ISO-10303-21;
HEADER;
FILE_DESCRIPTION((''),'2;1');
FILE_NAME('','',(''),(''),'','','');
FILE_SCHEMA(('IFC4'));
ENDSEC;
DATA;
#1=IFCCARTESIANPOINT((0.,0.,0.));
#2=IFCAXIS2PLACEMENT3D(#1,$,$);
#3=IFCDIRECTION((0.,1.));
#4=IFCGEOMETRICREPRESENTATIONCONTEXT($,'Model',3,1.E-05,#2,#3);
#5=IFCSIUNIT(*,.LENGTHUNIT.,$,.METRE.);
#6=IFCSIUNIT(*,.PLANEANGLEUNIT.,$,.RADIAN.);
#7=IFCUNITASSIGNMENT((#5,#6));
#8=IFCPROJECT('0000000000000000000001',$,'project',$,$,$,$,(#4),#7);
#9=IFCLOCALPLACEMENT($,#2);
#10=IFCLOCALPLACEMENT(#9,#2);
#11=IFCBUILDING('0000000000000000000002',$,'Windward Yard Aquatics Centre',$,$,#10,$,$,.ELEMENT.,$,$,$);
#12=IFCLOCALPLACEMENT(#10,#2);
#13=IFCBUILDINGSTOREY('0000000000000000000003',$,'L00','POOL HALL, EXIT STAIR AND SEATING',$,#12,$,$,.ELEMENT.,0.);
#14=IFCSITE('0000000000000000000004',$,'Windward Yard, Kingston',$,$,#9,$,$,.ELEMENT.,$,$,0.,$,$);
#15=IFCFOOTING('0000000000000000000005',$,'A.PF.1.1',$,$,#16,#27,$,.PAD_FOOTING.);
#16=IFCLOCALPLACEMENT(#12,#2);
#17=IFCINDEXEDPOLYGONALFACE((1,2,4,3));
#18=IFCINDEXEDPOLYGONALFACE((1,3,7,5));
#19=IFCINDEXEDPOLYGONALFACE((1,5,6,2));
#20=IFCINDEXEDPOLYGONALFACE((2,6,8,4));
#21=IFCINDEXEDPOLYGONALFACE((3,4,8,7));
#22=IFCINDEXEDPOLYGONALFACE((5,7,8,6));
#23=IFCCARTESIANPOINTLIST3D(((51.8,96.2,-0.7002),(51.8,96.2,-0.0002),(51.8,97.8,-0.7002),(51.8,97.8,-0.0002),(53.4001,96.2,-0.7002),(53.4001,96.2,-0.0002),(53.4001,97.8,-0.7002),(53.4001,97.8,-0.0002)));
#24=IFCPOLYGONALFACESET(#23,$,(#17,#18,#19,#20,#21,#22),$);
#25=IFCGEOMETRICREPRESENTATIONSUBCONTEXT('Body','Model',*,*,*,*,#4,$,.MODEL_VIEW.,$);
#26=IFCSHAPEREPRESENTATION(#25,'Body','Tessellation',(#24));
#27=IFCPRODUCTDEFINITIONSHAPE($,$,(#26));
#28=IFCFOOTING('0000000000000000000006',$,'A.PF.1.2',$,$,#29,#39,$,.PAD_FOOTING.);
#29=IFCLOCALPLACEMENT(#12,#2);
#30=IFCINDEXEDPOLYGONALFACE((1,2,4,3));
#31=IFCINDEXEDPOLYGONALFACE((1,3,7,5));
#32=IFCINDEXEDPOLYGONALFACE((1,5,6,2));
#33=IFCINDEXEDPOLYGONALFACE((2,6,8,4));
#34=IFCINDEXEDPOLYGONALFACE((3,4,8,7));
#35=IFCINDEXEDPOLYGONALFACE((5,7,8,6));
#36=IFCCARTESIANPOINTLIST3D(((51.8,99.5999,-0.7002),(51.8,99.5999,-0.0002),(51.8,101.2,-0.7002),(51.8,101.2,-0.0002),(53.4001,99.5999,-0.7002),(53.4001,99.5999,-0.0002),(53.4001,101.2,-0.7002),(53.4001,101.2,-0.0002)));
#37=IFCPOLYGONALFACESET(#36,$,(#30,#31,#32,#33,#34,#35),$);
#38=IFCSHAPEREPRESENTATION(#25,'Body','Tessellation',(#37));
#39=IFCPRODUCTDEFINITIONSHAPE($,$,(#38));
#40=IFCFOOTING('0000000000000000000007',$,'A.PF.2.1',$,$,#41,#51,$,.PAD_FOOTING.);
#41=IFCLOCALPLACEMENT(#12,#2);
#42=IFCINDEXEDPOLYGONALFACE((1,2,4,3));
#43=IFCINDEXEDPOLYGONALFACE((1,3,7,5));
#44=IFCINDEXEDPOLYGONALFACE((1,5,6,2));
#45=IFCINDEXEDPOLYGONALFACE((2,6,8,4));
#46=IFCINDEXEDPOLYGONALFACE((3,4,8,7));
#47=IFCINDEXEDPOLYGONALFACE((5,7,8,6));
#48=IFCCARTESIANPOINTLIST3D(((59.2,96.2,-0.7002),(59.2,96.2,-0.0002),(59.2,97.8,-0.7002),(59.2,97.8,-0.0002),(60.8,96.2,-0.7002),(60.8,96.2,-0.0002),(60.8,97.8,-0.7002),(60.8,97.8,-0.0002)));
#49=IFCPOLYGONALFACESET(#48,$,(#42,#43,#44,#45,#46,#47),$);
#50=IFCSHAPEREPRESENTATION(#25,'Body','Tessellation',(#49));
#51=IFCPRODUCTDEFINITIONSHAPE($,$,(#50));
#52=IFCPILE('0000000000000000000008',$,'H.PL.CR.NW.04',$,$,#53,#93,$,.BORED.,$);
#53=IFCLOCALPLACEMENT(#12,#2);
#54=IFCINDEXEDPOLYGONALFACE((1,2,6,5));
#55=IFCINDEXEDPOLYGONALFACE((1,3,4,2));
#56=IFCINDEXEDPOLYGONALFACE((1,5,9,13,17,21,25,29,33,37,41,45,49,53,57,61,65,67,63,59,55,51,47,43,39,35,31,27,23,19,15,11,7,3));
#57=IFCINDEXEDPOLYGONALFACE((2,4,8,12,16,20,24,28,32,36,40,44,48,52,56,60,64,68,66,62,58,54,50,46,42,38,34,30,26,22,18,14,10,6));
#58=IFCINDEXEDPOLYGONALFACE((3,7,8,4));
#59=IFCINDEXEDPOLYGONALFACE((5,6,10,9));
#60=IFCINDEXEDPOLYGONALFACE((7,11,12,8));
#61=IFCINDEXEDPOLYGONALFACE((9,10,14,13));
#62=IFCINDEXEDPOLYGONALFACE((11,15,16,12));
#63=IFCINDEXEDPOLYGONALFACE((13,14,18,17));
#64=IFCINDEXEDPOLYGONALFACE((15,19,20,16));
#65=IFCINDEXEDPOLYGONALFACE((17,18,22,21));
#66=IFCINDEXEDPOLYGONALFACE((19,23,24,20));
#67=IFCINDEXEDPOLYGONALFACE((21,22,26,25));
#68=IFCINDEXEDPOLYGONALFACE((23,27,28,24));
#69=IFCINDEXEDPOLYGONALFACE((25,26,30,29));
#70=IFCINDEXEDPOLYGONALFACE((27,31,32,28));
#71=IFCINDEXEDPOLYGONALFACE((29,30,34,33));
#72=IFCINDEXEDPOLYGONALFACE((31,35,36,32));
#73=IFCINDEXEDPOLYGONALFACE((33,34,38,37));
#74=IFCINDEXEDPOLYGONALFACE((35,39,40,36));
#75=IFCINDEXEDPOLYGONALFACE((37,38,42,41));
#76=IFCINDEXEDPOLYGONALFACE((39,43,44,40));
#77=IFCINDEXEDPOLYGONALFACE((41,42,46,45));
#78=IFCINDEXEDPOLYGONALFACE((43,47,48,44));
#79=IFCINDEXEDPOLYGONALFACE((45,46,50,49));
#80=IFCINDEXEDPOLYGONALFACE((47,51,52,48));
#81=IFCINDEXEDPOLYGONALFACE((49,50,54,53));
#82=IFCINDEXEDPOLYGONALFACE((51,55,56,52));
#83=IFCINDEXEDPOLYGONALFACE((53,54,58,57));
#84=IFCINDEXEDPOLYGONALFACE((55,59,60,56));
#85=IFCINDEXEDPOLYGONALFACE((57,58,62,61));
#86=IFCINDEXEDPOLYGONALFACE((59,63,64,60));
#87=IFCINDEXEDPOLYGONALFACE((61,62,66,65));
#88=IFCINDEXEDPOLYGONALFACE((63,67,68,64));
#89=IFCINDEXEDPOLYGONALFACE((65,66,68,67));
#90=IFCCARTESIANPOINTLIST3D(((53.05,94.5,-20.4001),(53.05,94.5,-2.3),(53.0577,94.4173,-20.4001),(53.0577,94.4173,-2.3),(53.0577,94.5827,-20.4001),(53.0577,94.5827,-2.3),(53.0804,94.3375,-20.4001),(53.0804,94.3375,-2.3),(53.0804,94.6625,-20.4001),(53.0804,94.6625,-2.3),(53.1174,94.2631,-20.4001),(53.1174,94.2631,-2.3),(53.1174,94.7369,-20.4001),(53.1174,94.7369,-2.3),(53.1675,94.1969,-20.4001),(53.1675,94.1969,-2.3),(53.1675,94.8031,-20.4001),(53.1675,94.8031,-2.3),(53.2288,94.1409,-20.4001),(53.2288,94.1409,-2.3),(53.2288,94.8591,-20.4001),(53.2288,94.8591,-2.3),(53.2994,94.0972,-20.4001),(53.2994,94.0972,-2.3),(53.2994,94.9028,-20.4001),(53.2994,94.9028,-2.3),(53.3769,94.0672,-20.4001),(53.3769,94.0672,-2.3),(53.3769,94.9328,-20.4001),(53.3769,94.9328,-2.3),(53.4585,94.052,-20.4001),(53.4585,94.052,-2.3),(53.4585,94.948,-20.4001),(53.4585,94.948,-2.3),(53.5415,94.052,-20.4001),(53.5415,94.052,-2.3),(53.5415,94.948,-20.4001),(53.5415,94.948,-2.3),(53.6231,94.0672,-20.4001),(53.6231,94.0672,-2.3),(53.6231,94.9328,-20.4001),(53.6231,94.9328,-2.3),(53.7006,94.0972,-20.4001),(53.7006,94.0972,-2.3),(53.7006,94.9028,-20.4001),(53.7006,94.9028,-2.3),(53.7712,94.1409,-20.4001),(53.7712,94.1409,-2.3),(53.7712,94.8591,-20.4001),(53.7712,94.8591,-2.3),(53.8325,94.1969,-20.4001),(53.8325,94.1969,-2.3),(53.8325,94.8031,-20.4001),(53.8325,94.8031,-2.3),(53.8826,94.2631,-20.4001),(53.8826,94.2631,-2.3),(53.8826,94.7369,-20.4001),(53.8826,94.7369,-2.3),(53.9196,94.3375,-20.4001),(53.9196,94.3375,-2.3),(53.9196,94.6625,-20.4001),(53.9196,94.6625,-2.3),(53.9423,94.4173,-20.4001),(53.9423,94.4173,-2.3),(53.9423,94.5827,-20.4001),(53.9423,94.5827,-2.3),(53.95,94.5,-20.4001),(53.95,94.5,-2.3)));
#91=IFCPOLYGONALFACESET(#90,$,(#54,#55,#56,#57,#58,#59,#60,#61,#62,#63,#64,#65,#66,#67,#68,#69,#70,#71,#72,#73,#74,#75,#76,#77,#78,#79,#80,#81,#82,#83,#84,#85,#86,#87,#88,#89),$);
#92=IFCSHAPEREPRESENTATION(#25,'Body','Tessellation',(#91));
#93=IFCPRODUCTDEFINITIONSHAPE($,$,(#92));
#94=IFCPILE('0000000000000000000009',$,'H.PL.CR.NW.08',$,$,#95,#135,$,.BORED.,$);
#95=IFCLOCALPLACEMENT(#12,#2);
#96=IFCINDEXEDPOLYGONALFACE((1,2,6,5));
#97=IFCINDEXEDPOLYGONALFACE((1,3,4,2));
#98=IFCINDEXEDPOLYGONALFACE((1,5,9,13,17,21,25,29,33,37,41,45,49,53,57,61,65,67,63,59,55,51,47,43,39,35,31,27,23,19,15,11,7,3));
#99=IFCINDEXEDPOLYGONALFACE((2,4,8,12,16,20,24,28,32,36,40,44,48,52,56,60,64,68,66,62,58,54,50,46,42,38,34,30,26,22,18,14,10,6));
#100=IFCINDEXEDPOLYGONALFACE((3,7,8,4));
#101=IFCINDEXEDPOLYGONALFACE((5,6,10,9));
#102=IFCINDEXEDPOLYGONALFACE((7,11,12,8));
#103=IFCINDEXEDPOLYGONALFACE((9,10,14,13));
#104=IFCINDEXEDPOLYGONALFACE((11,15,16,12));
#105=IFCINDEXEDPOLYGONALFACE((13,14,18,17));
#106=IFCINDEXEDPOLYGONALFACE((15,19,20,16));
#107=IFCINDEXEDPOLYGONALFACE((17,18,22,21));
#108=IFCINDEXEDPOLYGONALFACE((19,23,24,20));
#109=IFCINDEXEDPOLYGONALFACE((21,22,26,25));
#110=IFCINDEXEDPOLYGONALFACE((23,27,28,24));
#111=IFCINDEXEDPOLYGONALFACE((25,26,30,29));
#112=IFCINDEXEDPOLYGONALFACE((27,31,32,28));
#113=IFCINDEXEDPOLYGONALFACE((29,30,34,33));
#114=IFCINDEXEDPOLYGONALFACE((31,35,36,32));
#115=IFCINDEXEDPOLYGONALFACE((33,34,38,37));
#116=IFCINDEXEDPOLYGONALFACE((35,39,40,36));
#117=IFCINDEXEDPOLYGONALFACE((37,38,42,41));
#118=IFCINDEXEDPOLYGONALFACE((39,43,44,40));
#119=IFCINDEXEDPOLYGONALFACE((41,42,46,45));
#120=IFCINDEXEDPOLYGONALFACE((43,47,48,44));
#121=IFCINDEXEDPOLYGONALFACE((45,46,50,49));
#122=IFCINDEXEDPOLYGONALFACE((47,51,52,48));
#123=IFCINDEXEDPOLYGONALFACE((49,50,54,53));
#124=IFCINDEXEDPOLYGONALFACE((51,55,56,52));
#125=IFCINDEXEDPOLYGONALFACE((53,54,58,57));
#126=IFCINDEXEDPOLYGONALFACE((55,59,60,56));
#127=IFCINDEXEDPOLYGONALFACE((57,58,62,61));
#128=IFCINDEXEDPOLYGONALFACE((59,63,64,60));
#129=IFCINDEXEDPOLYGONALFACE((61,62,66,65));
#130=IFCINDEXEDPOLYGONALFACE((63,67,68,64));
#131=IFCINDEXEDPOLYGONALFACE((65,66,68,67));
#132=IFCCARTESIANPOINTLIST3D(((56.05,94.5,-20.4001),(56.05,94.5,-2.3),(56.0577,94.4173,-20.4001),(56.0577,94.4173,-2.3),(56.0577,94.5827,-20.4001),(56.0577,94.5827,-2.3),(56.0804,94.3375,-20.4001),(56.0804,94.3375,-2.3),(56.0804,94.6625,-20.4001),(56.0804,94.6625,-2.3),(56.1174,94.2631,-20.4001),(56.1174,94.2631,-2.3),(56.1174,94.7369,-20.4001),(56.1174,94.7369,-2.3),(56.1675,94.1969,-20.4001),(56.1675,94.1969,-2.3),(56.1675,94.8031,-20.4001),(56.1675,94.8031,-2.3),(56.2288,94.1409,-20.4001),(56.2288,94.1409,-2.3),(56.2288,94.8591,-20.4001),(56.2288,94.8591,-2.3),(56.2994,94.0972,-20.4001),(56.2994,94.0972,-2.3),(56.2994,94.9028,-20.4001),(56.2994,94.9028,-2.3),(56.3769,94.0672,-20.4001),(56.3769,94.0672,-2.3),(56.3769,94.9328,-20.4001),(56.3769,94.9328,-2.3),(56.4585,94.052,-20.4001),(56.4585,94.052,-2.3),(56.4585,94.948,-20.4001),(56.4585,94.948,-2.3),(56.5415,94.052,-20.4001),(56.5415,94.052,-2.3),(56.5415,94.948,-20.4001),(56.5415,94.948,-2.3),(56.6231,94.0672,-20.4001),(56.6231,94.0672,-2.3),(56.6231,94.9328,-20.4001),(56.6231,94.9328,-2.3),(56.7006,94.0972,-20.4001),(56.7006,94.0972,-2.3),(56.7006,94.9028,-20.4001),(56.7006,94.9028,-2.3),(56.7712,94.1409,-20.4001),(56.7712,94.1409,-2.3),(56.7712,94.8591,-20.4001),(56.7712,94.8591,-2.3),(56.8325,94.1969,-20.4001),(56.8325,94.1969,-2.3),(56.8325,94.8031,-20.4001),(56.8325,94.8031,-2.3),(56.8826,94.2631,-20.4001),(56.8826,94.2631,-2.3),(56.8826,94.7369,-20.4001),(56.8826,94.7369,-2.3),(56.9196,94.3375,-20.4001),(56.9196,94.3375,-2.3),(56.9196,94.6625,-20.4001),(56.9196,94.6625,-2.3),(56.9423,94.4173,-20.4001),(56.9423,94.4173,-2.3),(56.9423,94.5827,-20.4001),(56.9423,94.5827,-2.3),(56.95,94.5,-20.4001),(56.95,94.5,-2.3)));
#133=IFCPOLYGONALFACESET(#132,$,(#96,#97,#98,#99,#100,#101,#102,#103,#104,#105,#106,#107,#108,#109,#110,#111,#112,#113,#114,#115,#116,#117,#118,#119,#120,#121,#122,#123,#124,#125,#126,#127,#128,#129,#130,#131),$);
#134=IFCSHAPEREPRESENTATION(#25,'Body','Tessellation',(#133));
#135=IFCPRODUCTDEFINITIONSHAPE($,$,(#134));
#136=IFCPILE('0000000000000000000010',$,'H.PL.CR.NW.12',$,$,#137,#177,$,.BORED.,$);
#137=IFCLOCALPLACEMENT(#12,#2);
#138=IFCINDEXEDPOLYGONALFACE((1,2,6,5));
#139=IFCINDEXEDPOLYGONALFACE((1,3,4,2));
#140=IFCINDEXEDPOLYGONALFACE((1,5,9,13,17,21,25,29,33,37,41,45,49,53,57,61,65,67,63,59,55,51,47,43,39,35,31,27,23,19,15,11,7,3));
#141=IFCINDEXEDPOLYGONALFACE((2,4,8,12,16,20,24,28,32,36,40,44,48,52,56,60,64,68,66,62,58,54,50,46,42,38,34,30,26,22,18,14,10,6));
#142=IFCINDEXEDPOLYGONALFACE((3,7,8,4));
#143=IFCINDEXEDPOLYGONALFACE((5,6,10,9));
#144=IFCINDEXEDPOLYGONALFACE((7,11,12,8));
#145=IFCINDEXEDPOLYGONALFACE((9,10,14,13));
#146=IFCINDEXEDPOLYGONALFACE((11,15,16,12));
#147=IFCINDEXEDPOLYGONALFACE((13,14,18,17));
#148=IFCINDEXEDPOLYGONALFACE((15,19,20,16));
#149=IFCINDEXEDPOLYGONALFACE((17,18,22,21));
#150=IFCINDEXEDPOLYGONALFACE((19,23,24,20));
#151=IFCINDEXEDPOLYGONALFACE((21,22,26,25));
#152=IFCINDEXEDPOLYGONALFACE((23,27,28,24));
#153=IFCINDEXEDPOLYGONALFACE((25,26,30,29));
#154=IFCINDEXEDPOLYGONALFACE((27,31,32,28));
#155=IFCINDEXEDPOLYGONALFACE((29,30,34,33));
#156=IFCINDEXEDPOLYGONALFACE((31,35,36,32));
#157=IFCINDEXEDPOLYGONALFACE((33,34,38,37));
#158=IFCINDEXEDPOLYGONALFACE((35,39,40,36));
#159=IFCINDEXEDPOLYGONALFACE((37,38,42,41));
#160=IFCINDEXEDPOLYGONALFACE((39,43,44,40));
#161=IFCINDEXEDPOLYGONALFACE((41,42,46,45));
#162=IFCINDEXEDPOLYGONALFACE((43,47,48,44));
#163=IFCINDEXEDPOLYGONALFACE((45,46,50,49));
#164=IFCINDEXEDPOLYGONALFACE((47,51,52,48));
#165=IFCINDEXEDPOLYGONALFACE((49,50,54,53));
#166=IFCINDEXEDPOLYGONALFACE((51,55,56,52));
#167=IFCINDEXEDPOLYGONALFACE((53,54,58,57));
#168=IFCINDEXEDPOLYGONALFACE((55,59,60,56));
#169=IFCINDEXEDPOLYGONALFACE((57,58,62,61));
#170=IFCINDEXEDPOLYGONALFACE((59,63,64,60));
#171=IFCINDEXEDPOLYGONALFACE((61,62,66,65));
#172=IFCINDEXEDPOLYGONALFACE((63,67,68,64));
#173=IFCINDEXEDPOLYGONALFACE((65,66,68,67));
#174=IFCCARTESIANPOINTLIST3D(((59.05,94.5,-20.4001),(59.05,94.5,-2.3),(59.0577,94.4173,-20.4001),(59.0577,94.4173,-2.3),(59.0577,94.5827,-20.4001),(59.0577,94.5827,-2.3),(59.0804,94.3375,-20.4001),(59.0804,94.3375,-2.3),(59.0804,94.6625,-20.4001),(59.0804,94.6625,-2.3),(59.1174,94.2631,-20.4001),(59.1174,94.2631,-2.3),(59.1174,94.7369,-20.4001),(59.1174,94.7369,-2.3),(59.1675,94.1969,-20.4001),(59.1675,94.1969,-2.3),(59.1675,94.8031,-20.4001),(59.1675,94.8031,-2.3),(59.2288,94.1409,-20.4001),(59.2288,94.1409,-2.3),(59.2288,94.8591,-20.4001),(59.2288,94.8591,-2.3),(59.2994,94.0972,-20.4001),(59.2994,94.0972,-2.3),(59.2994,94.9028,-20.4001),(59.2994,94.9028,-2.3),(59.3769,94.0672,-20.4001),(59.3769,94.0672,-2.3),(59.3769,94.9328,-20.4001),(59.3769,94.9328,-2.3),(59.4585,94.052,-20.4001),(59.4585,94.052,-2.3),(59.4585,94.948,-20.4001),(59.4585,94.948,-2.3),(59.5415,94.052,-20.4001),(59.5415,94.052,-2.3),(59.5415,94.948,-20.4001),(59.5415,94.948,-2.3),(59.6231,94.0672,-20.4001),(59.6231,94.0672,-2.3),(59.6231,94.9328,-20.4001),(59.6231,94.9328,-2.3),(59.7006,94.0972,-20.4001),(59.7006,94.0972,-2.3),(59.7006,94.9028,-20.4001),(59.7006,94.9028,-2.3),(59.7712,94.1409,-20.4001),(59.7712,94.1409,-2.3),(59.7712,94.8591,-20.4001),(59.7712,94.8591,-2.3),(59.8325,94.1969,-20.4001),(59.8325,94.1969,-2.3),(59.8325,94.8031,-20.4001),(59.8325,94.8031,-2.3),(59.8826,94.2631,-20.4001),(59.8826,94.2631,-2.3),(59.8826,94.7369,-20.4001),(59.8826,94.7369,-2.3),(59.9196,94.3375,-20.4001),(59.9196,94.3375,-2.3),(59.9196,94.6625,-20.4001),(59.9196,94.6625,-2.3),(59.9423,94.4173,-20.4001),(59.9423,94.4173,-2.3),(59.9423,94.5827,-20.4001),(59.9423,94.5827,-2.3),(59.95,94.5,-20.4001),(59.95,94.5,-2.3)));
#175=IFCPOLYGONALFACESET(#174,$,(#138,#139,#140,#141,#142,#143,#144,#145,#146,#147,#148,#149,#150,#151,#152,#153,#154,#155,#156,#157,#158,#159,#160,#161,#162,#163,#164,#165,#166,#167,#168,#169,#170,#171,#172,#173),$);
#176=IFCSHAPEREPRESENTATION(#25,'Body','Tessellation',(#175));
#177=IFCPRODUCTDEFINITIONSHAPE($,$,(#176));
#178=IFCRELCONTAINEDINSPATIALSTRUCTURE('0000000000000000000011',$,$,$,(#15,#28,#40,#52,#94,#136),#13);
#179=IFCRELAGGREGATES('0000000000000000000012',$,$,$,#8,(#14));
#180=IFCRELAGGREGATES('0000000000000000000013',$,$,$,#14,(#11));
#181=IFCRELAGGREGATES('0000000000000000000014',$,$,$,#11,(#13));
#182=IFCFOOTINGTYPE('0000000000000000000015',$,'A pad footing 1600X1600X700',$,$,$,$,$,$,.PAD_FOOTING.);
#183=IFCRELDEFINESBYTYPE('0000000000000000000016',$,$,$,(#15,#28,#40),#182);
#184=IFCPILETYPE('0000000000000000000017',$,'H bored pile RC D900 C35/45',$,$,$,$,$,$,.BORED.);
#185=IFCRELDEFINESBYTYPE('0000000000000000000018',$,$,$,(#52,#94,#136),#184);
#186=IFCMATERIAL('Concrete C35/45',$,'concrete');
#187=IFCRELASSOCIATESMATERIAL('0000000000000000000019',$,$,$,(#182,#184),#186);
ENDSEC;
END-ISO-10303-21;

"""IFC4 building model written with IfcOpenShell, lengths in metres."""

from ifc_helpers import new_model, si_unit, direction, frame, origin, origin_2d, place, context, subcontext, project, spatial, rectangle, circle, extrude, material, material_profile, profile_set, type_object, element, save


model = new_model("IFC4")

# Units and contexts
model_context = context("Model", 3, precision=1e-05, world=origin(), true_north=direction((0.0, 1.0)))
body_context = subcontext(model_context, "Body", "Model", "MODEL_VIEW")
ifc_project = project(units=[si_unit("LENGTHUNIT", "METRE"), si_unit("PLANEANGLEUNIT", "RADIAN")], contexts=[model_context])

# Site, building, storey
site_placement = place(None, origin())
site = spatial("IfcSite", under=ifc_project, at=site_placement, Name="Windward Yard, Kingston", CompositionType="ELEMENT", RefElevation=0.0)
building_placement = place(site_placement, origin())
building = spatial("IfcBuilding", under=site, at=building_placement, Name="Windward Yard Aquatics Centre", CompositionType="ELEMENT")
storey_placement = place(building_placement, origin())
storey = spatial("IfcBuildingStorey", under=building, at=storey_placement, Name="L00", Description="POOL HALL, EXIT STAIR AND SEATING", CompositionType="ELEMENT", Elevation=0.0)

# Footings
ifc_material_1 = material(Name="Concrete C35/45", Category="concrete")
footing_type = type_object("IfcFootingType", Name="A pad footing 1600X1600X700", PredefinedType="PAD_FOOTING", material=ifc_material_1)
for number, where, z_axis, x_axis, name in (
    (1, (52.6001, 97.0, -0.7002), (0.0, 0.0, 1.0), (1.0, 0.0, 0.0), "A.PF.1.1"),
    (2, (52.6001, 100.3999, -0.7002), (0.0, 0.0, 1.0), (1.0, 0.0, 0.0), "A.PF.1.2"),
    (3, (60.0, 97.0, -0.7002), (0.0, 0.0, 1.0), (1.0, 0.0, 0.0), "A.PF.2.1"),
):
    element("IfcFooting", number, at=place(storey_placement, frame(where, z_axis=z_axis, x_axis=x_axis)), inside=storey, type_object=footing_type, Name=name, PredefinedType="PAD_FOOTING", context=body_context, shape_type="SweptSolid", body=[
        extrude(rectangle(XDim=1.6001, YDim=1.6001, at=origin_2d()), origin(), (0.0, 0.0, 1.0), 0.7),
    ])

# Piles
ifc_material_profile_1 = material_profile(ifc_material_1, circle(Radius=0.45, at=origin_2d()), Name="RC D900")
ifc_profile_set_1 = profile_set([ifc_material_profile_1], Name="Concrete C35/45")
pile_type = type_object("IfcPileType", Name="H bored pile RC D900 C35/45", PredefinedType="BORED", material=ifc_profile_set_1)
for number, where, z_axis, x_axis, name in (
    (4, (53.5, 94.5, -2.3), (0.0, 0.0, -1.0), (1.0, 0.0, 0.0), "H.PL.CR.NW.04"),
    (5, (56.5, 94.5, -2.3), (0.0, 0.0, -1.0), (1.0, 0.0, 0.0), "H.PL.CR.NW.08"),
    (6, (59.5, 94.5, -2.3), (0.0, 0.0, -1.0), (1.0, 0.0, 0.0), "H.PL.CR.NW.12"),
):
    element("IfcPile", number, at=place(storey_placement, frame(where, z_axis=z_axis, x_axis=x_axis)), inside=storey, type_object=pile_type, Name=name, PredefinedType="BORED", context=body_context, shape_type="SweptSolid", body=[
        extrude(circle(Radius=0.45, at=origin_2d()), origin(), (0.0, 0.0, 1.0), 18.1001),
    ])

save(model, "model.ifc")
